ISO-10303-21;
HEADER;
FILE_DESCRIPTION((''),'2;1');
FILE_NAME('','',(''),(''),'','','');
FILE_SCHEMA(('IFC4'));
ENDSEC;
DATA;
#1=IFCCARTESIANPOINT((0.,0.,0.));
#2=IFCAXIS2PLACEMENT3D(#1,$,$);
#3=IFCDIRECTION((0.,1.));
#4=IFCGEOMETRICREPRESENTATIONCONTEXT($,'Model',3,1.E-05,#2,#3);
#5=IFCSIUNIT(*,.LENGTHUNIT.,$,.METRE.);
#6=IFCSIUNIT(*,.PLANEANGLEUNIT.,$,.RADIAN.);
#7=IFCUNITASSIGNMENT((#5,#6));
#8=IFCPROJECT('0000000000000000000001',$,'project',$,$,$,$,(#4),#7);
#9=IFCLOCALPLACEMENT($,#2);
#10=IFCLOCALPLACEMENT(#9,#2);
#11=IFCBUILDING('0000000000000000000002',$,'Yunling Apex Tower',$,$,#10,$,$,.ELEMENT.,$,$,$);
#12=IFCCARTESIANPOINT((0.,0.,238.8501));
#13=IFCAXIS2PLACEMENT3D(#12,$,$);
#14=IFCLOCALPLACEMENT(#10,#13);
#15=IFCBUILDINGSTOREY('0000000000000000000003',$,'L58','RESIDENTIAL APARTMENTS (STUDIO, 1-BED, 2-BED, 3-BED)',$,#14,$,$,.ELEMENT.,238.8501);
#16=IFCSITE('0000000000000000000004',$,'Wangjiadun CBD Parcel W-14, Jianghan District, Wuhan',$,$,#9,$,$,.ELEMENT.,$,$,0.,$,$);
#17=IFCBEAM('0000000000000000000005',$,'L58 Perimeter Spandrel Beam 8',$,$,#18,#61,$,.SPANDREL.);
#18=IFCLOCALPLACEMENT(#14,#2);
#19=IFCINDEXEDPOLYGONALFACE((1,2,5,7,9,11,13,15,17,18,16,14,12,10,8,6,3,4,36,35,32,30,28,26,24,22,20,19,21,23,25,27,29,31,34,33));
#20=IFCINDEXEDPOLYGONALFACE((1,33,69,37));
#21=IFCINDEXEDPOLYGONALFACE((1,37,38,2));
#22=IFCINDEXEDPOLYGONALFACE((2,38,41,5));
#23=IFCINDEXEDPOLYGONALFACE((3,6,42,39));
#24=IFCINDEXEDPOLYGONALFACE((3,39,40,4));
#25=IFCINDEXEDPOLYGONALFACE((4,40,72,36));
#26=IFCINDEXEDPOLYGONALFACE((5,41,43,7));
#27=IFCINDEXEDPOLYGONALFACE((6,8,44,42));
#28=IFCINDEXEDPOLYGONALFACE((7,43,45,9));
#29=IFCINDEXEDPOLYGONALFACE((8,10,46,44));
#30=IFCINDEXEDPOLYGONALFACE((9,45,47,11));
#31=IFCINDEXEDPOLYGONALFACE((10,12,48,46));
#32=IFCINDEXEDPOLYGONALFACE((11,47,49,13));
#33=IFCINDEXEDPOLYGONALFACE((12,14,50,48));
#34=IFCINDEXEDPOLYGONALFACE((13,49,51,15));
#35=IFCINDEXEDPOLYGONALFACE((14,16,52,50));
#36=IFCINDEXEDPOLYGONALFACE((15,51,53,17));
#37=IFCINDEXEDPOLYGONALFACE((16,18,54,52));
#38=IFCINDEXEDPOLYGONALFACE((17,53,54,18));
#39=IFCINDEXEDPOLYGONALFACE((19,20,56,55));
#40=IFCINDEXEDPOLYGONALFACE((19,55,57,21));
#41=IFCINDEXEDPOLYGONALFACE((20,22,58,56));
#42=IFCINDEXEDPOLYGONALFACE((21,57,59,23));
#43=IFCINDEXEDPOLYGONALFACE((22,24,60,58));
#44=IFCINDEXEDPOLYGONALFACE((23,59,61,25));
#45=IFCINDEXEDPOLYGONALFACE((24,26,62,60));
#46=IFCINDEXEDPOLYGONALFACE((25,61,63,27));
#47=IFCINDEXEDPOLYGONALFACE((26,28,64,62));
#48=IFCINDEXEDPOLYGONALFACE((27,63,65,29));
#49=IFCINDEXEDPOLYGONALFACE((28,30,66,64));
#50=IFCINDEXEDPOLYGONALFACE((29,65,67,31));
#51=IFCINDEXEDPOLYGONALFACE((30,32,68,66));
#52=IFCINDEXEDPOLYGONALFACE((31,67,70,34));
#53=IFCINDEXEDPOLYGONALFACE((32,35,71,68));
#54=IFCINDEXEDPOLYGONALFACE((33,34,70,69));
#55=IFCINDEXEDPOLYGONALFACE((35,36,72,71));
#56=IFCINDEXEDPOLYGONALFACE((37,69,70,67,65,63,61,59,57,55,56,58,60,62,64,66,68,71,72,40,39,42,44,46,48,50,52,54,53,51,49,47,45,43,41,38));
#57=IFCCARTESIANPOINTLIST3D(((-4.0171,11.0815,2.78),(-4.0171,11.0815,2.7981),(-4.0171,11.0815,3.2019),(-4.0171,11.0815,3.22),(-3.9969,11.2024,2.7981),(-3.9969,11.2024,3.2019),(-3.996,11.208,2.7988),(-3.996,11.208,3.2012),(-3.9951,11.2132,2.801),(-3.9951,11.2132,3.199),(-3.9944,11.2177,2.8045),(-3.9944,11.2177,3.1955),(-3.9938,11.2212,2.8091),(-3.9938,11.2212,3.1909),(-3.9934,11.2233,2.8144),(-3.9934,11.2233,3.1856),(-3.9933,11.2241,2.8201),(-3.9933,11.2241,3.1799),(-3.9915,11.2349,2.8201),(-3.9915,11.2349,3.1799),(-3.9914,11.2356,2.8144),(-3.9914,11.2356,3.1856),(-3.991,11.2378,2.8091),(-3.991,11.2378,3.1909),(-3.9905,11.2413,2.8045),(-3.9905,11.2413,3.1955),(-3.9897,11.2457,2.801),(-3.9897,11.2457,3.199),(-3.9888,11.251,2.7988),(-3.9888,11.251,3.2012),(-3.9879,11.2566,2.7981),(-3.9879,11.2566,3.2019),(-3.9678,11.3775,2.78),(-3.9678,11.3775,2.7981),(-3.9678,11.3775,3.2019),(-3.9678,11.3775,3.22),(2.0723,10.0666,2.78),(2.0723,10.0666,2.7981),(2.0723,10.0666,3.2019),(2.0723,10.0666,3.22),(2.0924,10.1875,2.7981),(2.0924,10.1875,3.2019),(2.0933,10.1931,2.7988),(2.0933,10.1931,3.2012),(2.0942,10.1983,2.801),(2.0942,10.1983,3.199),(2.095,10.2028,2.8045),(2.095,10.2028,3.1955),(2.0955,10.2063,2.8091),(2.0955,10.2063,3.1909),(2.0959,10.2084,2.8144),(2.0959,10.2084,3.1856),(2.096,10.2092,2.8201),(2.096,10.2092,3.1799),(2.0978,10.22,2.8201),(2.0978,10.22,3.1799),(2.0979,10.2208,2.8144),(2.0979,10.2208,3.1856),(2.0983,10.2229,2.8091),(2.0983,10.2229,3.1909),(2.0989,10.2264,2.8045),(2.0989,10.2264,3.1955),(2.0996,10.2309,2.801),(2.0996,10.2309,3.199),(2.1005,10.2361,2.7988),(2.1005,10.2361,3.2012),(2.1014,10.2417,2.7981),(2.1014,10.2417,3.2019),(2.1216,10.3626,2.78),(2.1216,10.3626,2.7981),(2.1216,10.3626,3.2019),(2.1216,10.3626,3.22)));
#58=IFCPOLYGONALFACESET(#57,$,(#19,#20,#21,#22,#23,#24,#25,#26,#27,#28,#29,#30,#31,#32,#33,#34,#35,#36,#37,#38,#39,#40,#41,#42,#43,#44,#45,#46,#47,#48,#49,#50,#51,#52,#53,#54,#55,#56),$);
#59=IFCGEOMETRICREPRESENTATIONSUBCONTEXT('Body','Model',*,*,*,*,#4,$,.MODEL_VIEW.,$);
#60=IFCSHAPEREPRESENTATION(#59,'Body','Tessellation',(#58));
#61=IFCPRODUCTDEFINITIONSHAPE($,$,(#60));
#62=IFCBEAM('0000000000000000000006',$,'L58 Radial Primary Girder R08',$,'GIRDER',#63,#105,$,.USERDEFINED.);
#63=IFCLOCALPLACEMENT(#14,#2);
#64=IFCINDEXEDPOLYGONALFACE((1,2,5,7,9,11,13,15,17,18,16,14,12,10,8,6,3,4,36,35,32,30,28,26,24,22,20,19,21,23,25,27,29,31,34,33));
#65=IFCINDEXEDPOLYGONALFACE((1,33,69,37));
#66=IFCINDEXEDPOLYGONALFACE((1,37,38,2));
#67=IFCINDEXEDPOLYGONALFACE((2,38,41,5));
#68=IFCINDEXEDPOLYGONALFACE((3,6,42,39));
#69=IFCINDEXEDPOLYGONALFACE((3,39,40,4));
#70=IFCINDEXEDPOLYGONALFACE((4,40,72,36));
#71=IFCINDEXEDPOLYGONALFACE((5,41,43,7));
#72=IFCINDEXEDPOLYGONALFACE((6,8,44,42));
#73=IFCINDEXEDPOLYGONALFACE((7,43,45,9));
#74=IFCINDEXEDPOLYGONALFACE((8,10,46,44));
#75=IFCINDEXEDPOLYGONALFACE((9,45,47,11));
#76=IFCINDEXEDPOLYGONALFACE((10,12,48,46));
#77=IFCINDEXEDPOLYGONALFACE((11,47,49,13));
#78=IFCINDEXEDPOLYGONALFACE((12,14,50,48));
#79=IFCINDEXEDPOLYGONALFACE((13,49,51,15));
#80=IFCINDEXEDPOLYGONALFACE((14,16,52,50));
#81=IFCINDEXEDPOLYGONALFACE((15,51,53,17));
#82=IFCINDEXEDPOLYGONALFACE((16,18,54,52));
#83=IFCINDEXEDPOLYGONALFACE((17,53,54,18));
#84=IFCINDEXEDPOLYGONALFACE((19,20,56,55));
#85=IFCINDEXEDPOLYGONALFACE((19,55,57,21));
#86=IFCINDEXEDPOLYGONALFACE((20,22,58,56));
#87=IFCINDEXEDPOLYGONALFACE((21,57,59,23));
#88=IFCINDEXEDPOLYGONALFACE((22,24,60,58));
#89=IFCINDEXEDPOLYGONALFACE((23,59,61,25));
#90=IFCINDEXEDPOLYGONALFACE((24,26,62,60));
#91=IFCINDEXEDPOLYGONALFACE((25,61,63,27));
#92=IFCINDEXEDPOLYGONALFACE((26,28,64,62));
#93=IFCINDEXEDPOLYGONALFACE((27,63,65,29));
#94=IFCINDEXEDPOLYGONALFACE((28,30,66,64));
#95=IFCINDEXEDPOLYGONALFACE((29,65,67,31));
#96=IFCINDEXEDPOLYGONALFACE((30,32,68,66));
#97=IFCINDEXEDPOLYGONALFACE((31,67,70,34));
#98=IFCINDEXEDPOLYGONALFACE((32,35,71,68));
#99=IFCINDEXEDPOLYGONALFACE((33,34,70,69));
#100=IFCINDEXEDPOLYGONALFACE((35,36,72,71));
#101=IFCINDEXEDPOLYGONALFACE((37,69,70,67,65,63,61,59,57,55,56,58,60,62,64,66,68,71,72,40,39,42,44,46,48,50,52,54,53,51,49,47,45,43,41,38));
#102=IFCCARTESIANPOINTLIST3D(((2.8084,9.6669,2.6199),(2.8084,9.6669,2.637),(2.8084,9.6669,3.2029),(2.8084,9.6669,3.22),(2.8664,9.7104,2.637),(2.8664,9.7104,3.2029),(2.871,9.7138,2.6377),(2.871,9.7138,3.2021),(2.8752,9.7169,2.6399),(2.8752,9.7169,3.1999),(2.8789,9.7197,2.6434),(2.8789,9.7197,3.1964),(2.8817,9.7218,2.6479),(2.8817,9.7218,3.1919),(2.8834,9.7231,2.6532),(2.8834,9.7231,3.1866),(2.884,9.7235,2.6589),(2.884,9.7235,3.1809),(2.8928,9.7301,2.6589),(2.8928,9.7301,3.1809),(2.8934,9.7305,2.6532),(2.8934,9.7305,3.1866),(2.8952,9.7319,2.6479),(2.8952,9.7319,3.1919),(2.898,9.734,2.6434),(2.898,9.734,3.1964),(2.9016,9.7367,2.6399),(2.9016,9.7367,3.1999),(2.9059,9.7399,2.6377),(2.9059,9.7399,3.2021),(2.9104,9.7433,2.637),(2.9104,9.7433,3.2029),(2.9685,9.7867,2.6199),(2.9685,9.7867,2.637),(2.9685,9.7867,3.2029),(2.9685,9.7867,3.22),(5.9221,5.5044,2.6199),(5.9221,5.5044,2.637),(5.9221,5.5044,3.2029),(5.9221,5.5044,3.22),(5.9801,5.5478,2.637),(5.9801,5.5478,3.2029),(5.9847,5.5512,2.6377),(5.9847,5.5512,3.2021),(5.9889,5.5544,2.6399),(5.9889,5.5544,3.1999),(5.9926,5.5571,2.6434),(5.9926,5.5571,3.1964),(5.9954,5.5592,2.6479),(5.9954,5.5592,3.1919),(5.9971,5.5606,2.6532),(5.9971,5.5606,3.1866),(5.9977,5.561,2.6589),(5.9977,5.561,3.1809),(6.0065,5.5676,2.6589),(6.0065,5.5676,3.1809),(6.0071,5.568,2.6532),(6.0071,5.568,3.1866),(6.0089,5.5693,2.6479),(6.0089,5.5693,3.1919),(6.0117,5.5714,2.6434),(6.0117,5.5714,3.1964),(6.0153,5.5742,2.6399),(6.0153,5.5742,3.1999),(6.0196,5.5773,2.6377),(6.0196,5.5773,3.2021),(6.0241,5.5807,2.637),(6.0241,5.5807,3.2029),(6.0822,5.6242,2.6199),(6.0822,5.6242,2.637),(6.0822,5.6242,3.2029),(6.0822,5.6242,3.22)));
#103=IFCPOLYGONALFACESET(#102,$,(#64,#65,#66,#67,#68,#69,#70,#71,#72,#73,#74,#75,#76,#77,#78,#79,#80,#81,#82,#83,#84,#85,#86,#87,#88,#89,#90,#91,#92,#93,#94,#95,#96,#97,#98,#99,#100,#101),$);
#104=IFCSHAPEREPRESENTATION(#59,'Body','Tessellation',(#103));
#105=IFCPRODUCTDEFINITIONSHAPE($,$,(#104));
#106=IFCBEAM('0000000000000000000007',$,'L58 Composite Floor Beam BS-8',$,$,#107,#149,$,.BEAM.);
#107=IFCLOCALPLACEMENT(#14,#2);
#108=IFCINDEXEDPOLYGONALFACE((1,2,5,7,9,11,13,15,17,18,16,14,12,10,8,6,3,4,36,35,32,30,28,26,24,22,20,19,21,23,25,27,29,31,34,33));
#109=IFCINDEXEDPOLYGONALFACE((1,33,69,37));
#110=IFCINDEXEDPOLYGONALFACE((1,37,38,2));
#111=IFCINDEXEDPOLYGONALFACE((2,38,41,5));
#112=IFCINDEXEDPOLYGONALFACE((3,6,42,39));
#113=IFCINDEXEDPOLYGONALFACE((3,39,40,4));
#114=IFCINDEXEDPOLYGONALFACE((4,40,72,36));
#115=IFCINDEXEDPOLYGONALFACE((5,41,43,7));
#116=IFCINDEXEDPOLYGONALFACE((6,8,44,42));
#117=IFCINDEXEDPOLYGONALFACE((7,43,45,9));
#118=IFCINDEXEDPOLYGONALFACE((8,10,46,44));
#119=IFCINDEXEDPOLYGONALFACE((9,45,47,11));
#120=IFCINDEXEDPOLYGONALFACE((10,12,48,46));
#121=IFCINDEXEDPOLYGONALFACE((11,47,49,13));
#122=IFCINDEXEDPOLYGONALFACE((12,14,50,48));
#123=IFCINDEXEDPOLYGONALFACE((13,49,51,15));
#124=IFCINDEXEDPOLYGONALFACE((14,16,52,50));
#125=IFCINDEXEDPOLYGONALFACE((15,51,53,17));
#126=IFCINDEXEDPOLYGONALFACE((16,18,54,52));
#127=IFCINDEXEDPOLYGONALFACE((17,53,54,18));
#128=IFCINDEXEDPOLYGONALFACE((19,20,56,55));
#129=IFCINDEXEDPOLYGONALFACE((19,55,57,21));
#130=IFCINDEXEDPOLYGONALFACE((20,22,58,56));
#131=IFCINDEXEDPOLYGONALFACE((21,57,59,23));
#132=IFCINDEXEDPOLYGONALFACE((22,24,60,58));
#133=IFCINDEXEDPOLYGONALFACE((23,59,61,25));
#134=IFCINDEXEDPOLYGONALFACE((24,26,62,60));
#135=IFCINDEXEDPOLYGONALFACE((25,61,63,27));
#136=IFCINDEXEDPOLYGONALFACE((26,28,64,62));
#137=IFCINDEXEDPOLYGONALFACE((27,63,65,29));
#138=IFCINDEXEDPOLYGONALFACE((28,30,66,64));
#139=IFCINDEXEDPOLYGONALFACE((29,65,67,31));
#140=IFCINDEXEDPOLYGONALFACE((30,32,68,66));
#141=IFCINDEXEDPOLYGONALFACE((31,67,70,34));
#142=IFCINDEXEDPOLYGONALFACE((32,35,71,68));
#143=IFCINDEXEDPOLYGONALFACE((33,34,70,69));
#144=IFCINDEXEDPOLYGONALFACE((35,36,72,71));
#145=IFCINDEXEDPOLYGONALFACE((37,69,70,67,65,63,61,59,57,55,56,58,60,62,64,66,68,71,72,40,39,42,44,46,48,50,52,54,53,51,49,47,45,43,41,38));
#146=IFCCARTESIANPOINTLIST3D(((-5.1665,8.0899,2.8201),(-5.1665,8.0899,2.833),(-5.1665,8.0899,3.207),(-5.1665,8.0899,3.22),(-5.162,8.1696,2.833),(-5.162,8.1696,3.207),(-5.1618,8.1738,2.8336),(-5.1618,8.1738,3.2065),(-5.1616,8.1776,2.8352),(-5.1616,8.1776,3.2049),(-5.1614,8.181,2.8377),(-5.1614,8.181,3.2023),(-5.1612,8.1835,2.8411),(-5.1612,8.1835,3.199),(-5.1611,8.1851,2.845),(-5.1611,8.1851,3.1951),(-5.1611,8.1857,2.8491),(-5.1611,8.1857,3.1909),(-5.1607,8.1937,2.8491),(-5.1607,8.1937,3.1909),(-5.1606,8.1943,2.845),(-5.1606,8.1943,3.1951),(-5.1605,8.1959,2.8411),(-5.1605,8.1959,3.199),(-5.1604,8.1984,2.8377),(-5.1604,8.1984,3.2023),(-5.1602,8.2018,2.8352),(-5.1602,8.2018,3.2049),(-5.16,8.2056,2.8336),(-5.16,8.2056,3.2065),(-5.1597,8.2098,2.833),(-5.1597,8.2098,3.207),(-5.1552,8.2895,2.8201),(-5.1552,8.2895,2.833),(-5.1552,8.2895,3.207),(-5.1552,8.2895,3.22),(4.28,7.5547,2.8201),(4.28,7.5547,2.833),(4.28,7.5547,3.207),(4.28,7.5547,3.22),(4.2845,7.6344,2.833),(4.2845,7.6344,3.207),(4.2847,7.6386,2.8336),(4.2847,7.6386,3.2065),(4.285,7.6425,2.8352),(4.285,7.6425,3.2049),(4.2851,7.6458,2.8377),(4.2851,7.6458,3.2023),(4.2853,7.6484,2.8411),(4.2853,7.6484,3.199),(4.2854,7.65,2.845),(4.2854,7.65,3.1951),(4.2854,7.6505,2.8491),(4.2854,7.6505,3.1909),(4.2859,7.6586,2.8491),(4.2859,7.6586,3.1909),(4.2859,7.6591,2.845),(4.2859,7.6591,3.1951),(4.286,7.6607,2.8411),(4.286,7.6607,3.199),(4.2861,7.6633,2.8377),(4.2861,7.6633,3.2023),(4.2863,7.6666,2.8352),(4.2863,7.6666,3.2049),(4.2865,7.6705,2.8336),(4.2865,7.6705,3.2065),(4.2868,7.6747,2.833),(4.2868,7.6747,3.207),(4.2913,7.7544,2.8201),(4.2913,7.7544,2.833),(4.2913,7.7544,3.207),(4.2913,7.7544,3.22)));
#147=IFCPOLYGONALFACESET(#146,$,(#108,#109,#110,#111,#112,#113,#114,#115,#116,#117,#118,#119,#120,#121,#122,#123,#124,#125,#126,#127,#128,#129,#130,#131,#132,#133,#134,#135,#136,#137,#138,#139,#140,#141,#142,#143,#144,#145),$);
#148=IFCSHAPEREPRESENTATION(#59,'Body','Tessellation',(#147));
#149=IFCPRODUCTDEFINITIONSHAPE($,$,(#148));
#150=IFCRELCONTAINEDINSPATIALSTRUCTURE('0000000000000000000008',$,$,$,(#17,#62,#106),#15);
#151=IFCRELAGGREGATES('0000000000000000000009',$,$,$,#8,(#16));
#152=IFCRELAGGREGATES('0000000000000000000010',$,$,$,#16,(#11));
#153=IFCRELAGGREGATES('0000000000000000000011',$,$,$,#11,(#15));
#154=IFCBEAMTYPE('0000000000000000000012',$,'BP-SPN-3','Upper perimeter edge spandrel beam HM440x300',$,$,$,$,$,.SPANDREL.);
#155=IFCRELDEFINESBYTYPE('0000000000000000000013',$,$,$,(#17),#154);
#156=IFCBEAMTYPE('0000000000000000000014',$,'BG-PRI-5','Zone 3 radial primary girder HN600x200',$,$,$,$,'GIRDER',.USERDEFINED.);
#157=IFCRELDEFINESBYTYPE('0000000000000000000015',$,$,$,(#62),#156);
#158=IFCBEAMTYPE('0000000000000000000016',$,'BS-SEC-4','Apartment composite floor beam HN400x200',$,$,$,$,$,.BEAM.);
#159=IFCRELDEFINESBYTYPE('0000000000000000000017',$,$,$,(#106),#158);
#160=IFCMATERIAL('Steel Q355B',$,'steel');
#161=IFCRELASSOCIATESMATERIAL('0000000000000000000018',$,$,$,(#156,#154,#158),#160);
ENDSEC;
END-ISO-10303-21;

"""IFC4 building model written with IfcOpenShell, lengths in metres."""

from ifc_helpers import new_model, si_unit, direction, frame, origin, origin_2d, place, context, subcontext, project, spatial, i_section, extrude, source, transform, mapped, material, material_profile, profile_set, type_object, element, save


model = new_model("IFC4")

# Units and contexts
model_context = context("Model", 3, precision=1e-05, world=origin(), true_north=direction((0.0, 1.0)))
body_context = subcontext(model_context, "Body", "Model", "MODEL_VIEW")
ifc_project = project(units=[si_unit("LENGTHUNIT", "METRE"), si_unit("PLANEANGLEUNIT", "RADIAN")], contexts=[model_context])

# Site, building, storey
site_placement = place(None, origin())
site = spatial("IfcSite", under=ifc_project, at=site_placement, Name="Wangjiadun CBD Parcel W-14, Jianghan District, Wuhan", CompositionType="ELEMENT", RefElevation=0.0)
building_placement = place(site_placement, origin())
building = spatial("IfcBuilding", under=site, at=building_placement, Name="Yunling Apex Tower", CompositionType="ELEMENT")
storey_placement = place(building_placement, frame((0.0, 0.0, 238.8501)))
storey = spatial("IfcBuildingStorey", under=building, at=storey_placement, Name="L58", Description="RESIDENTIAL APARTMENTS (STUDIO, 1-BED, 2-BED, 3-BED)", CompositionType="ELEMENT", Elevation=238.8501)

# Beams
ifc_material_1 = material(Name="Steel Q355B", Category="steel")
ifc_material_profile_1 = material_profile(ifc_material_1, i_section(OverallWidth=0.2, OverallDepth=0.6001, WebThickness=0.011, FlangeThickness=0.0171, FilletRadius=0.022, at=origin_2d()))
ifc_profile_set_1 = profile_set([ifc_material_profile_1], Name="Steel Q355B")
beam_type_1 = type_object("IfcBeamType", Name="BG-PRI-5", Description="Zone 3 radial primary girder HN600x200", ElementType="GIRDER", PredefinedType="USERDEFINED", material=ifc_profile_set_1)
ifc_material_profile_2 = material_profile(ifc_material_1, i_section(OverallWidth=0.3, OverallDepth=0.4399, WebThickness=0.011, FlangeThickness=0.0181, FilletRadius=0.022, at=origin_2d()))
ifc_profile_set_2 = profile_set([ifc_material_profile_2], Name="Steel Q355B")
beam_type_2 = type_object("IfcBeamType", Name="BP-SPN-3", Description="Upper perimeter edge spandrel beam HM440x300", PredefinedType="SPANDREL", material=ifc_profile_set_2)
shared_shape_1 = source(origin(), body_context, "Body", "SweptSolid", [
    extrude(i_section(OverallWidth=0.3, OverallDepth=0.4399, WebThickness=0.011, FlangeThickness=0.0181, FilletRadius=0.022, at=origin_2d()), origin(), (0.0, 0.0, 1.0), 6.1733),
])
beam_1_placement = place(storey_placement, frame((2.0969, 10.2146, 3.0), z_axis=(-0.986394, 0.164399, 0.0), x_axis=(-0.164399, -0.986394, 0.0)))
element("IfcBeam", 1, at=beam_1_placement, inside=storey, type_object=beam_type_2, Name="L58 Perimeter Spandrel Beam 8", PredefinedType="SPANDREL", context=body_context, shape_type="MappedRepresentation", body=[
    mapped(shared_shape_1, transform((0.0, 0.0, 0.0), scale=1.0)),
])
shared_shape_2 = source(origin(), body_context, "Body", "SweptSolid", [
    extrude(i_section(OverallWidth=0.2, OverallDepth=0.6001, WebThickness=0.011, FlangeThickness=0.0171, FilletRadius=0.022, at=origin_2d()), origin(), (0.0, 0.0, 1.0), 5.1982),
])
beam_2_placement = place(storey_placement, frame((2.8884, 9.7268, 2.9199), z_axis=(0.598993, -0.800755, 0.0), x_axis=(0.800755, 0.598993, 0.0)))
element("IfcBeam", 2, at=beam_2_placement, inside=storey, type_object=beam_type_1, Name="L58 Radial Primary Girder R08", ObjectType="GIRDER", PredefinedType="USERDEFINED", context=body_context, shape_type="MappedRepresentation", body=[
    mapped(shared_shape_2, transform((0.0, 0.0, 0.0), scale=1.0)),
])
ifc_material_profile_3 = material_profile(ifc_material_1, i_section(OverallWidth=0.2, OverallDepth=0.3999, WebThickness=0.0081, FlangeThickness=0.0129, FilletRadius=0.0161, at=origin_2d()))
ifc_profile_set_3 = profile_set([ifc_material_profile_3], Name="Steel Q355B")
beam_type_3 = type_object("IfcBeamType", Name="BS-SEC-4", Description="Apartment composite floor beam HN400x200", PredefinedType="BEAM", material=ifc_profile_set_3)
shared_shape_3 = source(origin(), body_context, "Body", "SweptSolid", [
    extrude(i_section(OverallWidth=0.2, OverallDepth=0.3999, WebThickness=0.0081, FlangeThickness=0.0129, FilletRadius=0.0161, at=origin_2d()), origin(), (0.0, 0.0, 1.0), 9.4617),
])
beam_3_placement = place(storey_placement, frame((4.2856, 7.6545, 3.02), z_axis=(-0.998399, 0.05656, 0.0), x_axis=(-0.05656, -0.998399, 0.0)))
element("IfcBeam", 3, at=beam_3_placement, inside=storey, type_object=beam_type_3, Name="L58 Composite Floor Beam BS-8", PredefinedType="BEAM", context=body_context, shape_type="MappedRepresentation", body=[
    mapped(shared_shape_3, transform((0.0, 0.0, 0.0), scale=1.0)),
])

save(model, "model.ifc")
